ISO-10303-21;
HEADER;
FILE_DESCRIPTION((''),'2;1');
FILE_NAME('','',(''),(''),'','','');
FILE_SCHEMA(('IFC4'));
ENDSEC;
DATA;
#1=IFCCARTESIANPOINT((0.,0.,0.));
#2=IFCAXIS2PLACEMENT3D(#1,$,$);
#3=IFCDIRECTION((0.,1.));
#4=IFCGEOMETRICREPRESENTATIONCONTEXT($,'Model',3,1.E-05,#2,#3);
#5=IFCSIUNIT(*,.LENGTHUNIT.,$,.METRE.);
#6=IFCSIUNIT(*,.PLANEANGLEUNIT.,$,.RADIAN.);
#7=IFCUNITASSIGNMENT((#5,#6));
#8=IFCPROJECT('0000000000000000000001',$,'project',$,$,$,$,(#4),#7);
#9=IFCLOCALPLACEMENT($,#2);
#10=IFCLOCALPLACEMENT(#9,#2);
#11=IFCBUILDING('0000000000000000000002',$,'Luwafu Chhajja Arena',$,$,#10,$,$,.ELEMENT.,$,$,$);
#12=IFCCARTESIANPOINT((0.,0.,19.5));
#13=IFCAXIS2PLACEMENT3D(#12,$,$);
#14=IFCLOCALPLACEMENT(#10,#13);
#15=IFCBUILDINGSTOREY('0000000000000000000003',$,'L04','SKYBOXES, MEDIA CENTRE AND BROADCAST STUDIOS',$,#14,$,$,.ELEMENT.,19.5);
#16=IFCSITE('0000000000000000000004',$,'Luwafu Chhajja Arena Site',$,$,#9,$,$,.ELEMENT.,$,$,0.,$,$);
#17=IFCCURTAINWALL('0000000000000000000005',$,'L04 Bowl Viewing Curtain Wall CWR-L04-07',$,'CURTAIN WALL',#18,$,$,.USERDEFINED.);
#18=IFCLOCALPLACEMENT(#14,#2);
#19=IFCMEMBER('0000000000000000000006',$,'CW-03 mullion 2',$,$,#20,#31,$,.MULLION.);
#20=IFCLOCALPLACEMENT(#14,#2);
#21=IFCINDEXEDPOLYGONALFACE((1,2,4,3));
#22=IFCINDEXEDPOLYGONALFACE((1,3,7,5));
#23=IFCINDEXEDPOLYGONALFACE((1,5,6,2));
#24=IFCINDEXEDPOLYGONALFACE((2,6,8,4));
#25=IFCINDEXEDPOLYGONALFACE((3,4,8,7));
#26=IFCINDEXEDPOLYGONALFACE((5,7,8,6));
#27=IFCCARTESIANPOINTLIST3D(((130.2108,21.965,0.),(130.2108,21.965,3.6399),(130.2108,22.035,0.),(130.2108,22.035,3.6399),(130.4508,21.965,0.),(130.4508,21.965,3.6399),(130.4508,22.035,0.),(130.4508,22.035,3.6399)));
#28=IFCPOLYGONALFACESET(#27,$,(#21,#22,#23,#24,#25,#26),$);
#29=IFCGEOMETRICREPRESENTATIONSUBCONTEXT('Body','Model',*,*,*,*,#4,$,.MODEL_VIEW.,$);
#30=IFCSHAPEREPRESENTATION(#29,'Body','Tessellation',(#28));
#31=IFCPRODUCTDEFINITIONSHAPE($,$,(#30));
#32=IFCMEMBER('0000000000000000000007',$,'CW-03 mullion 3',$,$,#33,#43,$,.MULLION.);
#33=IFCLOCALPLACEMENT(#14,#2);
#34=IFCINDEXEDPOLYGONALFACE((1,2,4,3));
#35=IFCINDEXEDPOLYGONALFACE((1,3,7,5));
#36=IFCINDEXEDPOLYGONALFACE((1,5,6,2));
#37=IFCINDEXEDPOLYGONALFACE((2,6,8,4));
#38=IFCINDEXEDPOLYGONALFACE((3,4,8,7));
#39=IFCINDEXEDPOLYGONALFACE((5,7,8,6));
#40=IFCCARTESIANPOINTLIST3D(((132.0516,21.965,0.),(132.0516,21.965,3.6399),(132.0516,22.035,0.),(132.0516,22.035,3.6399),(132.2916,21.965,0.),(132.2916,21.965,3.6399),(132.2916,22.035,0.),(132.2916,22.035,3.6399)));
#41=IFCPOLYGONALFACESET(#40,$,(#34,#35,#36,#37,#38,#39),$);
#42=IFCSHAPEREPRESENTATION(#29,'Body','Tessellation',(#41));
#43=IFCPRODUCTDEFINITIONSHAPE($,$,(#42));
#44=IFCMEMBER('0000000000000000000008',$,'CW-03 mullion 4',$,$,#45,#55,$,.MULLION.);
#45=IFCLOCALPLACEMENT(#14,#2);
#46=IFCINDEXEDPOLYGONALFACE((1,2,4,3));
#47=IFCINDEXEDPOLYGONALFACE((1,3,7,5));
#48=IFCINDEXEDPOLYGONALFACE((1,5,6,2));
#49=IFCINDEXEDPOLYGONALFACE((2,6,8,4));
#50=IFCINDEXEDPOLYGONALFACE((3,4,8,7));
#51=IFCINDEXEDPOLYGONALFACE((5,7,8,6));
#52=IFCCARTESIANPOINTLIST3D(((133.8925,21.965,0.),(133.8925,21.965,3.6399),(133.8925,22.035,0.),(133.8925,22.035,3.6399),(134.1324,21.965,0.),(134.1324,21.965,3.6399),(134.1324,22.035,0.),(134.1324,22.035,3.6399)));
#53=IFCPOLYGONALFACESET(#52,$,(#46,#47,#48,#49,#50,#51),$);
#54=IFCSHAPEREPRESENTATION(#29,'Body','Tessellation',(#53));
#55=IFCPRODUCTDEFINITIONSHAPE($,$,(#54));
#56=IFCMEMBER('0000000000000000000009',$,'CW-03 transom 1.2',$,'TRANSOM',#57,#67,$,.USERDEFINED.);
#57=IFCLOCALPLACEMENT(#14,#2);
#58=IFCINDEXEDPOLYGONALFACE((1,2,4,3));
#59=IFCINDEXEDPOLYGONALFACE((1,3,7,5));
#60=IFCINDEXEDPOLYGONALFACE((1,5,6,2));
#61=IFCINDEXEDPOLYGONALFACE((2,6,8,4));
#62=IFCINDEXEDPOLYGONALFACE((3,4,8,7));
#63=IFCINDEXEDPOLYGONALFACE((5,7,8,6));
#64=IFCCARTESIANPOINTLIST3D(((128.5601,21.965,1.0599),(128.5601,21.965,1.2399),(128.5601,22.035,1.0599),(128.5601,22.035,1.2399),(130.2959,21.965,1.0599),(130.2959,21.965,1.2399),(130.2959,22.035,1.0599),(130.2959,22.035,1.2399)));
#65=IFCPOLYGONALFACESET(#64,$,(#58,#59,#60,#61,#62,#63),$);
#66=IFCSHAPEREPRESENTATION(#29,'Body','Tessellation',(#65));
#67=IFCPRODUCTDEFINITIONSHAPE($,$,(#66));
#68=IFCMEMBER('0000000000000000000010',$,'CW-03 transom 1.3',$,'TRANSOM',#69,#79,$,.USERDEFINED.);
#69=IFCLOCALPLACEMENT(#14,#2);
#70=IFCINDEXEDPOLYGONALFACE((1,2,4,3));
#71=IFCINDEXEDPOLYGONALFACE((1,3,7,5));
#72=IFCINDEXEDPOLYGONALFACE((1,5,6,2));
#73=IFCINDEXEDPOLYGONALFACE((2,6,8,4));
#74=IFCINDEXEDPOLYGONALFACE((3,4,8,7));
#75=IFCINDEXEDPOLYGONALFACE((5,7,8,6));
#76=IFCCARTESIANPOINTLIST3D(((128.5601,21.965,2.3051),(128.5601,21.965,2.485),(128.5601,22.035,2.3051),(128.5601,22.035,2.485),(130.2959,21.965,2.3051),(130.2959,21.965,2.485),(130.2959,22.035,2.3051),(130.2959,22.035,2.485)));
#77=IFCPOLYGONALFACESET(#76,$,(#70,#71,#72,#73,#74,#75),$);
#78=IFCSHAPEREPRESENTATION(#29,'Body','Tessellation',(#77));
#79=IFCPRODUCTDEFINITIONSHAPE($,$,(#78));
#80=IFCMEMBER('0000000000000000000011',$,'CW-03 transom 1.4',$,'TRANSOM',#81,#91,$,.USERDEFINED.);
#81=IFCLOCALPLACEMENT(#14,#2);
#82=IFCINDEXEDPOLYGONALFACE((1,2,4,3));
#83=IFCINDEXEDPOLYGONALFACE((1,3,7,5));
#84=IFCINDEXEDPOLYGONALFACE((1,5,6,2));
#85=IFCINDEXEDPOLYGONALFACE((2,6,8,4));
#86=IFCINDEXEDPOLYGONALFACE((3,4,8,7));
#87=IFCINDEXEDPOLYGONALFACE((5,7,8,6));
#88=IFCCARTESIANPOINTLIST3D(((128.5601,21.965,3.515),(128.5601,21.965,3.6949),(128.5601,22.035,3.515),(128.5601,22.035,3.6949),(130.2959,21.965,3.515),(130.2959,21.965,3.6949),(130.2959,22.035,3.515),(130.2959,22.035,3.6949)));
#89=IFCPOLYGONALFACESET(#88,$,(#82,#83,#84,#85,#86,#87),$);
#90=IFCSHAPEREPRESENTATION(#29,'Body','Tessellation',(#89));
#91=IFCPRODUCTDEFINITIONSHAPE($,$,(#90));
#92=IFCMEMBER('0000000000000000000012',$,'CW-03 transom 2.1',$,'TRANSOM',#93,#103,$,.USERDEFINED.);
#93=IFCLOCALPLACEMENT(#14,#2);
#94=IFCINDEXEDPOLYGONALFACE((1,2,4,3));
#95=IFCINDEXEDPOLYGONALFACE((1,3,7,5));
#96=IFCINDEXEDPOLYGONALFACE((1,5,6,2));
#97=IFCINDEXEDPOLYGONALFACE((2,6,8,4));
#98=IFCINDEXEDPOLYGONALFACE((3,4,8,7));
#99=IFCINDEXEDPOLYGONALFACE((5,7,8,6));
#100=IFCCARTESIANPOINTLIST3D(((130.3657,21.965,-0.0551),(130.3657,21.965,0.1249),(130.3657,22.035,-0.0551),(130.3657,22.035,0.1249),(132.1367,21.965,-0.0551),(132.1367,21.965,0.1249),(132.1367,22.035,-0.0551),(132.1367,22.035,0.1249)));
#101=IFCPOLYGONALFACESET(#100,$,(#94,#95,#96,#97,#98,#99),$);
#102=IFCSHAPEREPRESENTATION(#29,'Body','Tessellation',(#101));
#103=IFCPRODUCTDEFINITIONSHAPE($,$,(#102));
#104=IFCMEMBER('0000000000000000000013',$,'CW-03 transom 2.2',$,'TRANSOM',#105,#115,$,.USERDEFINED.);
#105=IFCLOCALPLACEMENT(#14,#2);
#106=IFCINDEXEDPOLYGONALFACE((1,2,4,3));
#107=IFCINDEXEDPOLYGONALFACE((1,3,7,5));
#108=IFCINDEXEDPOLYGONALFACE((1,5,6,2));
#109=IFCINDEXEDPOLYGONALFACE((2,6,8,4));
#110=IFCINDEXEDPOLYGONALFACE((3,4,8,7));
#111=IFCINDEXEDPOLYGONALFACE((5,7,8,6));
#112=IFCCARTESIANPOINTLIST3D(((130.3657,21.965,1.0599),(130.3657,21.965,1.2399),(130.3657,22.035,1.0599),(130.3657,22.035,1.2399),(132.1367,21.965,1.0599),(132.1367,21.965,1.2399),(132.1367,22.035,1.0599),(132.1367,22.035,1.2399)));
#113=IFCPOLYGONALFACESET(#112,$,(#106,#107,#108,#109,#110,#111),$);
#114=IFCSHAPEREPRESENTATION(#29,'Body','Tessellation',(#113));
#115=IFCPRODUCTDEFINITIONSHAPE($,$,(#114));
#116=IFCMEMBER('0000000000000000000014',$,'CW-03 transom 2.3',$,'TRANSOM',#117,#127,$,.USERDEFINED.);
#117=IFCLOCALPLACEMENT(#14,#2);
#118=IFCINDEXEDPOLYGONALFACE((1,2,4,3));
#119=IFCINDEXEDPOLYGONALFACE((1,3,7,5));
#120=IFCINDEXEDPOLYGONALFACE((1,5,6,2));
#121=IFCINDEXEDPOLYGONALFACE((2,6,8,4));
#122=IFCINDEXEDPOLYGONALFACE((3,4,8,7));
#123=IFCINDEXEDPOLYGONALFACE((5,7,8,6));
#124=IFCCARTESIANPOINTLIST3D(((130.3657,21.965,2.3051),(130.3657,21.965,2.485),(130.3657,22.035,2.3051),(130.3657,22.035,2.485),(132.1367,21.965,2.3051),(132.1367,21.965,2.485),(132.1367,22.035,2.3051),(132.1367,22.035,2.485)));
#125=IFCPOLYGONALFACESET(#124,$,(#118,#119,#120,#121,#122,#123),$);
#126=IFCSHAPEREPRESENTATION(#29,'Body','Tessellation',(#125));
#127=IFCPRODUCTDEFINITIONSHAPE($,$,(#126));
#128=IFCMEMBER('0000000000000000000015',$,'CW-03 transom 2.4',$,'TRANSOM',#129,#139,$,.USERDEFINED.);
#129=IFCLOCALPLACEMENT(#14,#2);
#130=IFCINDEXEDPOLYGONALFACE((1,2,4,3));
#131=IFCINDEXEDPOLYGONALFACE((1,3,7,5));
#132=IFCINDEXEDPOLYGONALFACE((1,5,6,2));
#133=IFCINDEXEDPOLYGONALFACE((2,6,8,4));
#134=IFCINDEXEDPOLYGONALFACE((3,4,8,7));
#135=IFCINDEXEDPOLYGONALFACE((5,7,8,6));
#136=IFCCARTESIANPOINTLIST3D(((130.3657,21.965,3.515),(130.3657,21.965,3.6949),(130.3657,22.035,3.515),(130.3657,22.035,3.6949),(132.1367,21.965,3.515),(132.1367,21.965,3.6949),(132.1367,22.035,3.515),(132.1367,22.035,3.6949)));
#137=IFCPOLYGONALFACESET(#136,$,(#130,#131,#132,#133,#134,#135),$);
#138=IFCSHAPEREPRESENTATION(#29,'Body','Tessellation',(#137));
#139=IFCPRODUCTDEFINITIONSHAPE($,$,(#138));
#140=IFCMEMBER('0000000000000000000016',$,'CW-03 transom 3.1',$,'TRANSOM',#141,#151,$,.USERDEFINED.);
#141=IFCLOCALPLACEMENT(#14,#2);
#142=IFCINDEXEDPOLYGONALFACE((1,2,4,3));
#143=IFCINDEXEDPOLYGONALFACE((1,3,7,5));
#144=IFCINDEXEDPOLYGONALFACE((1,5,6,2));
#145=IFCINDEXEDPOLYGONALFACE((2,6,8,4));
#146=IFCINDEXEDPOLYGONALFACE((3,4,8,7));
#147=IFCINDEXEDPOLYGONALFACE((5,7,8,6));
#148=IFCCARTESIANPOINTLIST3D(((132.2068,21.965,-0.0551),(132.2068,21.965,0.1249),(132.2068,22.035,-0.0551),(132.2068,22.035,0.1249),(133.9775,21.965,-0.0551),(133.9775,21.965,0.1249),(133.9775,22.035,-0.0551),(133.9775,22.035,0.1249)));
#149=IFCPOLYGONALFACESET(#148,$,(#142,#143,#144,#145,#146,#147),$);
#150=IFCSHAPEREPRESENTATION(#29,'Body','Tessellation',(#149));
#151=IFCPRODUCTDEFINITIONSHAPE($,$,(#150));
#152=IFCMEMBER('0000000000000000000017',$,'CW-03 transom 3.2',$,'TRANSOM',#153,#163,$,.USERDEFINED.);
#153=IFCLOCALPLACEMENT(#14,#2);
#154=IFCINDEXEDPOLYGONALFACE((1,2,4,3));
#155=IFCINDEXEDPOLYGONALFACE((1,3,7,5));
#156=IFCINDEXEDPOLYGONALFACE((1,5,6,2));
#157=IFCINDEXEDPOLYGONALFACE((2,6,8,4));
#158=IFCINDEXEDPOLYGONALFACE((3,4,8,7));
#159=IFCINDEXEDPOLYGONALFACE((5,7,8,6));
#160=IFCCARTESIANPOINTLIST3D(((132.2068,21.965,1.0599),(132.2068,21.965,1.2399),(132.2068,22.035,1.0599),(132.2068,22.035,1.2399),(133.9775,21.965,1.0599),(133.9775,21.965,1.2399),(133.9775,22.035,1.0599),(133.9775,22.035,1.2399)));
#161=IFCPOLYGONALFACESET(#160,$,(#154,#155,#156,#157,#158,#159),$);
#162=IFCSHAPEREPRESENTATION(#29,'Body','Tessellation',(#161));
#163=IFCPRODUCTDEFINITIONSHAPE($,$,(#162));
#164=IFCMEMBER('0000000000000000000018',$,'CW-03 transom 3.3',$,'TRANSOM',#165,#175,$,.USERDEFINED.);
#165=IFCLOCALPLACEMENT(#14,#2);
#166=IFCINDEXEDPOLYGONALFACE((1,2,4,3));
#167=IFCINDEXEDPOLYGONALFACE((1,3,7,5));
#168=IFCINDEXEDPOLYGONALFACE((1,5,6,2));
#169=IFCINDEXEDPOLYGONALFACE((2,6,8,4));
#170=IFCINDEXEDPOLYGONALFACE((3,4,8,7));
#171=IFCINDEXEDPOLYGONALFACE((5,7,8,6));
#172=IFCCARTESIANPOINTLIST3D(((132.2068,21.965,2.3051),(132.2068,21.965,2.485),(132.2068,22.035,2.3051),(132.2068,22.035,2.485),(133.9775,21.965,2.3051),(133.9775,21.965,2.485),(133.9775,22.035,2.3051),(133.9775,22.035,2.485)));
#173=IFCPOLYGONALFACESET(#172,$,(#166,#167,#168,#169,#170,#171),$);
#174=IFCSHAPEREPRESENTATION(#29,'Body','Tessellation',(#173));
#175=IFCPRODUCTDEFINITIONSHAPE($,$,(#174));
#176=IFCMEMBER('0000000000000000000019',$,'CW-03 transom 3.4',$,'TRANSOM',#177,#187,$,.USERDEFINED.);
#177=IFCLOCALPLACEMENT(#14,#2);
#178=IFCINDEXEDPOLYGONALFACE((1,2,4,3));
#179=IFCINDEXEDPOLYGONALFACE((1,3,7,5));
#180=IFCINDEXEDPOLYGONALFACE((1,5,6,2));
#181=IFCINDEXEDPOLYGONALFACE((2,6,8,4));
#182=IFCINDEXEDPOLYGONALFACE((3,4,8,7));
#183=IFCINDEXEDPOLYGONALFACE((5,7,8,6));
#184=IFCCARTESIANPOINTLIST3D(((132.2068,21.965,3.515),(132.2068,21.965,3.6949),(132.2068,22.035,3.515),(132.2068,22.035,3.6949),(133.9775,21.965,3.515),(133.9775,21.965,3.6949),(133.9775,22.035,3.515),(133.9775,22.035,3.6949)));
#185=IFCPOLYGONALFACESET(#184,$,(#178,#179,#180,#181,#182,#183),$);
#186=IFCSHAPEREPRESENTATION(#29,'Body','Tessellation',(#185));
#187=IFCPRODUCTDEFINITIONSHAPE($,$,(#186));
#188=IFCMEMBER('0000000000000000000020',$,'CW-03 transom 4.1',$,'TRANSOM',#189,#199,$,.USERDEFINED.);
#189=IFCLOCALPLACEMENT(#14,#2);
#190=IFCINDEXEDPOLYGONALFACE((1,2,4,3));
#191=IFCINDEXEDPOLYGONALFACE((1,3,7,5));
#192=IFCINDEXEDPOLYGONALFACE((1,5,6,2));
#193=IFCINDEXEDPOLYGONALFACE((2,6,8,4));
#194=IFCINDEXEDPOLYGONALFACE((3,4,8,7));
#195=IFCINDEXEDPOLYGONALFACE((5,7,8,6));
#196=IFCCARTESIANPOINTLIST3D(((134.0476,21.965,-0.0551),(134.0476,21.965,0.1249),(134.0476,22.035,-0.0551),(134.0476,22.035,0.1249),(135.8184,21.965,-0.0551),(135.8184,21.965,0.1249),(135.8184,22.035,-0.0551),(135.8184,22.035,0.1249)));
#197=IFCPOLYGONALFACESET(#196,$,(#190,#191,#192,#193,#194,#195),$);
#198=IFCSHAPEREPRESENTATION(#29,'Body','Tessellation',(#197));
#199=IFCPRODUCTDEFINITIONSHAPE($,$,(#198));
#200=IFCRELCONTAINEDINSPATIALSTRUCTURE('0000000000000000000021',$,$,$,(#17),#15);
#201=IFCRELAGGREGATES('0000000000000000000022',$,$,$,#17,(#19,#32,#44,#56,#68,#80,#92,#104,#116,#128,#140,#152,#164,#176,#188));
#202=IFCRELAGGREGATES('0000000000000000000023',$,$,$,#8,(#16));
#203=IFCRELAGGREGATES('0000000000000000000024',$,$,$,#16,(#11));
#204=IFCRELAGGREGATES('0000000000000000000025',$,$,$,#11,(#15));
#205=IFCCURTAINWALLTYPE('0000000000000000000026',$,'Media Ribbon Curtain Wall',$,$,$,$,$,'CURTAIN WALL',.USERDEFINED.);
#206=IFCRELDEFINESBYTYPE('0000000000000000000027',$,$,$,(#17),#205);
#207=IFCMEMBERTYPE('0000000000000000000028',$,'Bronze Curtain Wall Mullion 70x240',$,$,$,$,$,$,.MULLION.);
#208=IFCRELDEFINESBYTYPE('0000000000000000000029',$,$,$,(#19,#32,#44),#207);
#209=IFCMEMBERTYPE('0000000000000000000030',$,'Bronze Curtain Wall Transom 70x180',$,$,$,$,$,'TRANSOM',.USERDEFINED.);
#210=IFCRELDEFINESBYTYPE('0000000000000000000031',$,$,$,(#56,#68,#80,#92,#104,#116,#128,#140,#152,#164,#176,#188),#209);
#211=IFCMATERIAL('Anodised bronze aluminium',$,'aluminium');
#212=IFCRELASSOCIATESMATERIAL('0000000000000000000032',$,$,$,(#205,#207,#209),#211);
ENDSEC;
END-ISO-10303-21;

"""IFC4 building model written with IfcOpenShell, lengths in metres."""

from ifc_helpers import new_model, si_unit, direction, frame, origin, origin_2d, place, context, subcontext, project, spatial, rectangle, extrude, material, material_profile, profile_set, type_object, element, aggregate, save


model = new_model("IFC4")

# Units and contexts
model_context = context("Model", 3, precision=1e-05, world=origin(), true_north=direction((0.0, 1.0)))
body_context = subcontext(model_context, "Body", "Model", "MODEL_VIEW")
ifc_project = project(units=[si_unit("LENGTHUNIT", "METRE"), si_unit("PLANEANGLEUNIT", "RADIAN")], contexts=[model_context])

# Site, building, storey
site_placement = place(None, origin())
site = spatial("IfcSite", under=ifc_project, at=site_placement, Name="Luwafu Chhajja Arena Site", CompositionType="ELEMENT", RefElevation=0.0)
building_placement = place(site_placement, origin())
building = spatial("IfcBuilding", under=site, at=building_placement, Name="Luwafu Chhajja Arena", CompositionType="ELEMENT")
storey_placement = place(building_placement, frame((0.0, 0.0, 19.5)))
storey = spatial("IfcBuildingStorey", under=building, at=storey_placement, Name="L04", Description="SKYBOXES, MEDIA CENTRE AND BROADCAST STUDIOS", CompositionType="ELEMENT", Elevation=19.5)

# Curtain wall, members
ifc_material_1 = material(Name="Anodised bronze aluminium", Category="aluminium")
curtain_wall_type = type_object("IfcCurtainWallType", Name="Media Ribbon Curtain Wall", ElementType="CURTAIN WALL", PredefinedType="USERDEFINED", material=ifc_material_1)
curtain_wall_placement = place(storey_placement, origin())
curtain_wall = element("IfcCurtainWall", 1, at=curtain_wall_placement, inside=storey, type_object=curtain_wall_type, Name="L04 Bowl Viewing Curtain Wall CWR-L04-07", ObjectType="CURTAIN WALL", PredefinedType="USERDEFINED")
ifc_material_profile_1 = material_profile(ifc_material_1, rectangle(XDim=0.0701, YDim=0.24, at=origin_2d()), Name="CWM 70x240")
ifc_profile_set_1 = profile_set([ifc_material_profile_1], Name="Anodised bronze aluminium")
member_type_1 = type_object("IfcMemberType", Name="Bronze Curtain Wall Mullion 70x240", PredefinedType="MULLION", material=ifc_profile_set_1)
member_1_placement = place(storey_placement, frame((130.3308, 22.0, 0.0), z_axis=(0.0, 0.0, 1.0), x_axis=(0.0, 1.0, 0.0)))
member_1 = element("IfcMember", 2, at=member_1_placement, type_object=member_type_1, Name="CW-03 mullion 2", PredefinedType="MULLION", context=body_context, shape_type="SweptSolid", body=[
    extrude(rectangle(XDim=0.0701, YDim=0.24, at=origin_2d()), origin(), (0.0, 0.0, 1.0), 3.6399),
])
member_2_placement = place(storey_placement, frame((132.1716, 22.0, 0.0), z_axis=(0.0, 0.0, 1.0), x_axis=(0.0, 1.0, 0.0)))
member_2 = element("IfcMember", 3, at=member_2_placement, type_object=member_type_1, Name="CW-03 mullion 3", PredefinedType="MULLION", context=body_context, shape_type="SweptSolid", body=[
    extrude(rectangle(XDim=0.0701, YDim=0.24, at=origin_2d()), origin(), (0.0, 0.0, 1.0), 3.6399),
])
member_3_placement = place(storey_placement, frame((134.0125, 22.0, 0.0), z_axis=(0.0, 0.0, 1.0), x_axis=(0.0, 1.0, 0.0)))
member_3 = element("IfcMember", 4, at=member_3_placement, type_object=member_type_1, Name="CW-03 mullion 4", PredefinedType="MULLION", context=body_context, shape_type="SweptSolid", body=[
    extrude(rectangle(XDim=0.0701, YDim=0.24, at=origin_2d()), origin(), (0.0, 0.0, 1.0), 3.6399),
])
ifc_material_profile_2 = material_profile(ifc_material_1, rectangle(XDim=0.0701, YDim=0.1799, at=origin_2d()), Name="CWT 70x180")
ifc_profile_set_2 = profile_set([ifc_material_profile_2], Name="Anodised bronze aluminium")
member_type_2 = type_object("IfcMemberType", Name="Bronze Curtain Wall Transom 70x180", ElementType="TRANSOM", PredefinedType="USERDEFINED", material=ifc_profile_set_2)
member_4_placement = place(storey_placement, frame((128.5601, 22.0, 1.1499), z_axis=(1.0, 0.0, 0.0), x_axis=(0.0, 1.0, 0.0)))
member_4 = element("IfcMember", 5, at=member_4_placement, type_object=member_type_2, Name="CW-03 transom 1.2", ObjectType="TRANSOM", PredefinedType="USERDEFINED", context=body_context, shape_type="SweptSolid", body=[
    extrude(rectangle(XDim=0.0701, YDim=0.1799, at=origin_2d()), origin(), (0.0, 0.0, 1.0), 1.7358),
])
member_5_placement = place(storey_placement, frame((128.5601, 22.0, 2.395), z_axis=(1.0, 0.0, 0.0), x_axis=(0.0, 1.0, 0.0)))
member_5 = element("IfcMember", 6, at=member_5_placement, type_object=member_type_2, Name="CW-03 transom 1.3", ObjectType="TRANSOM", PredefinedType="USERDEFINED", context=body_context, shape_type="SweptSolid", body=[
    extrude(rectangle(XDim=0.0701, YDim=0.1799, at=origin_2d()), origin(), (0.0, 0.0, 1.0), 1.7358),
])
member_6_placement = place(storey_placement, frame((128.5601, 22.0, 3.605), z_axis=(1.0, 0.0, 0.0), x_axis=(0.0, 1.0, 0.0)))
member_6 = element("IfcMember", 7, at=member_6_placement, type_object=member_type_2, Name="CW-03 transom 1.4", ObjectType="TRANSOM", PredefinedType="USERDEFINED", context=body_context, shape_type="SweptSolid", body=[
    extrude(rectangle(XDim=0.0701, YDim=0.1799, at=origin_2d()), origin(), (0.0, 0.0, 1.0), 1.7358),
])
member_7_placement = place(storey_placement, frame((130.3657, 22.0, 0.0349), z_axis=(1.0, 0.0, 0.0), x_axis=(0.0, 1.0, 0.0)))
member_7 = element("IfcMember", 8, at=member_7_placement, type_object=member_type_2, Name="CW-03 transom 2.1", ObjectType="TRANSOM", PredefinedType="USERDEFINED", context=body_context, shape_type="SweptSolid", body=[
    extrude(rectangle(XDim=0.0701, YDim=0.1799, at=origin_2d()), origin(), (0.0, 0.0, 1.0), 1.771),
])
member_8_placement = place(storey_placement, frame((130.3657, 22.0, 1.1499), z_axis=(1.0, 0.0, 0.0), x_axis=(0.0, 1.0, 0.0)))
member_8 = element("IfcMember", 9, at=member_8_placement, type_object=member_type_2, Name="CW-03 transom 2.2", ObjectType="TRANSOM", PredefinedType="USERDEFINED", context=body_context, shape_type="SweptSolid", body=[
    extrude(rectangle(XDim=0.0701, YDim=0.1799, at=origin_2d()), origin(), (0.0, 0.0, 1.0), 1.771),
])
member_9_placement = place(storey_placement, frame((130.3657, 22.0, 2.395), z_axis=(1.0, 0.0, 0.0), x_axis=(0.0, 1.0, 0.0)))
member_9 = element("IfcMember", 10, at=member_9_placement, type_object=member_type_2, Name="CW-03 transom 2.3", ObjectType="TRANSOM", PredefinedType="USERDEFINED", context=body_context, shape_type="SweptSolid", body=[
    extrude(rectangle(XDim=0.0701, YDim=0.1799, at=origin_2d()), origin(), (0.0, 0.0, 1.0), 1.771),
])
member_10_placement = place(storey_placement, frame((130.3657, 22.0, 3.605), z_axis=(1.0, 0.0, 0.0), x_axis=(0.0, 1.0, 0.0)))
member_10 = element("IfcMember", 11, at=member_10_placement, type_object=member_type_2, Name="CW-03 transom 2.4", ObjectType="TRANSOM", PredefinedType="USERDEFINED", context=body_context, shape_type="SweptSolid", body=[
    extrude(rectangle(XDim=0.0701, YDim=0.1799, at=origin_2d()), origin(), (0.0, 0.0, 1.0), 1.771),
])
member_11_placement = place(storey_placement, frame((132.2068, 22.0, 0.0349), z_axis=(1.0, 0.0, 0.0), x_axis=(0.0, 1.0, 0.0)))
member_11 = element("IfcMember", 12, at=member_11_placement, type_object=member_type_2, Name="CW-03 transom 3.1", ObjectType="TRANSOM", PredefinedType="USERDEFINED", context=body_context, shape_type="SweptSolid", body=[
    extrude(rectangle(XDim=0.0701, YDim=0.1799, at=origin_2d()), origin(), (0.0, 0.0, 1.0), 1.7708),
])
member_12_placement = place(storey_placement, frame((132.2068, 22.0, 1.1499), z_axis=(1.0, 0.0, 0.0), x_axis=(0.0, 1.0, 0.0)))
member_12 = element("IfcMember", 13, at=member_12_placement, type_object=member_type_2, Name="CW-03 transom 3.2", ObjectType="TRANSOM", PredefinedType="USERDEFINED", context=body_context, shape_type="SweptSolid", body=[
    extrude(rectangle(XDim=0.0701, YDim=0.1799, at=origin_2d()), origin(), (0.0, 0.0, 1.0), 1.7708),
])
member_13_placement = place(storey_placement, frame((132.2068, 22.0, 2.395), z_axis=(1.0, 0.0, 0.0), x_axis=(0.0, 1.0, 0.0)))
member_13 = element("IfcMember", 14, at=member_13_placement, type_object=member_type_2, Name="CW-03 transom 3.3", ObjectType="TRANSOM", PredefinedType="USERDEFINED", context=body_context, shape_type="SweptSolid", body=[
    extrude(rectangle(XDim=0.0701, YDim=0.1799, at=origin_2d()), origin(), (0.0, 0.0, 1.0), 1.7708),
])
member_14_placement = place(storey_placement, frame((132.2068, 22.0, 3.605), z_axis=(1.0, 0.0, 0.0), x_axis=(0.0, 1.0, 0.0)))
member_14 = element("IfcMember", 15, at=member_14_placement, type_object=member_type_2, Name="CW-03 transom 3.4", ObjectType="TRANSOM", PredefinedType="USERDEFINED", context=body_context, shape_type="SweptSolid", body=[
    extrude(rectangle(XDim=0.0701, YDim=0.1799, at=origin_2d()), origin(), (0.0, 0.0, 1.0), 1.7708),
])
member_15_placement = place(storey_placement, frame((134.0476, 22.0, 0.0349), z_axis=(1.0, 0.0, 0.0), x_axis=(0.0, 1.0, 0.0)))
member_15 = element("IfcMember", 16, at=member_15_placement, type_object=member_type_2, Name="CW-03 transom 4.1", ObjectType="TRANSOM", PredefinedType="USERDEFINED", context=body_context, shape_type="SweptSolid", body=[
    extrude(rectangle(XDim=0.0701, YDim=0.1799, at=origin_2d()), origin(), (0.0, 0.0, 1.0), 1.7708),
])
aggregate(curtain_wall, [member_1, member_2, member_3, member_4, member_5, member_6, member_7, member_8, member_9, member_10, member_11, member_12, member_13, member_14, member_15])

save(model, "model.ifc")
